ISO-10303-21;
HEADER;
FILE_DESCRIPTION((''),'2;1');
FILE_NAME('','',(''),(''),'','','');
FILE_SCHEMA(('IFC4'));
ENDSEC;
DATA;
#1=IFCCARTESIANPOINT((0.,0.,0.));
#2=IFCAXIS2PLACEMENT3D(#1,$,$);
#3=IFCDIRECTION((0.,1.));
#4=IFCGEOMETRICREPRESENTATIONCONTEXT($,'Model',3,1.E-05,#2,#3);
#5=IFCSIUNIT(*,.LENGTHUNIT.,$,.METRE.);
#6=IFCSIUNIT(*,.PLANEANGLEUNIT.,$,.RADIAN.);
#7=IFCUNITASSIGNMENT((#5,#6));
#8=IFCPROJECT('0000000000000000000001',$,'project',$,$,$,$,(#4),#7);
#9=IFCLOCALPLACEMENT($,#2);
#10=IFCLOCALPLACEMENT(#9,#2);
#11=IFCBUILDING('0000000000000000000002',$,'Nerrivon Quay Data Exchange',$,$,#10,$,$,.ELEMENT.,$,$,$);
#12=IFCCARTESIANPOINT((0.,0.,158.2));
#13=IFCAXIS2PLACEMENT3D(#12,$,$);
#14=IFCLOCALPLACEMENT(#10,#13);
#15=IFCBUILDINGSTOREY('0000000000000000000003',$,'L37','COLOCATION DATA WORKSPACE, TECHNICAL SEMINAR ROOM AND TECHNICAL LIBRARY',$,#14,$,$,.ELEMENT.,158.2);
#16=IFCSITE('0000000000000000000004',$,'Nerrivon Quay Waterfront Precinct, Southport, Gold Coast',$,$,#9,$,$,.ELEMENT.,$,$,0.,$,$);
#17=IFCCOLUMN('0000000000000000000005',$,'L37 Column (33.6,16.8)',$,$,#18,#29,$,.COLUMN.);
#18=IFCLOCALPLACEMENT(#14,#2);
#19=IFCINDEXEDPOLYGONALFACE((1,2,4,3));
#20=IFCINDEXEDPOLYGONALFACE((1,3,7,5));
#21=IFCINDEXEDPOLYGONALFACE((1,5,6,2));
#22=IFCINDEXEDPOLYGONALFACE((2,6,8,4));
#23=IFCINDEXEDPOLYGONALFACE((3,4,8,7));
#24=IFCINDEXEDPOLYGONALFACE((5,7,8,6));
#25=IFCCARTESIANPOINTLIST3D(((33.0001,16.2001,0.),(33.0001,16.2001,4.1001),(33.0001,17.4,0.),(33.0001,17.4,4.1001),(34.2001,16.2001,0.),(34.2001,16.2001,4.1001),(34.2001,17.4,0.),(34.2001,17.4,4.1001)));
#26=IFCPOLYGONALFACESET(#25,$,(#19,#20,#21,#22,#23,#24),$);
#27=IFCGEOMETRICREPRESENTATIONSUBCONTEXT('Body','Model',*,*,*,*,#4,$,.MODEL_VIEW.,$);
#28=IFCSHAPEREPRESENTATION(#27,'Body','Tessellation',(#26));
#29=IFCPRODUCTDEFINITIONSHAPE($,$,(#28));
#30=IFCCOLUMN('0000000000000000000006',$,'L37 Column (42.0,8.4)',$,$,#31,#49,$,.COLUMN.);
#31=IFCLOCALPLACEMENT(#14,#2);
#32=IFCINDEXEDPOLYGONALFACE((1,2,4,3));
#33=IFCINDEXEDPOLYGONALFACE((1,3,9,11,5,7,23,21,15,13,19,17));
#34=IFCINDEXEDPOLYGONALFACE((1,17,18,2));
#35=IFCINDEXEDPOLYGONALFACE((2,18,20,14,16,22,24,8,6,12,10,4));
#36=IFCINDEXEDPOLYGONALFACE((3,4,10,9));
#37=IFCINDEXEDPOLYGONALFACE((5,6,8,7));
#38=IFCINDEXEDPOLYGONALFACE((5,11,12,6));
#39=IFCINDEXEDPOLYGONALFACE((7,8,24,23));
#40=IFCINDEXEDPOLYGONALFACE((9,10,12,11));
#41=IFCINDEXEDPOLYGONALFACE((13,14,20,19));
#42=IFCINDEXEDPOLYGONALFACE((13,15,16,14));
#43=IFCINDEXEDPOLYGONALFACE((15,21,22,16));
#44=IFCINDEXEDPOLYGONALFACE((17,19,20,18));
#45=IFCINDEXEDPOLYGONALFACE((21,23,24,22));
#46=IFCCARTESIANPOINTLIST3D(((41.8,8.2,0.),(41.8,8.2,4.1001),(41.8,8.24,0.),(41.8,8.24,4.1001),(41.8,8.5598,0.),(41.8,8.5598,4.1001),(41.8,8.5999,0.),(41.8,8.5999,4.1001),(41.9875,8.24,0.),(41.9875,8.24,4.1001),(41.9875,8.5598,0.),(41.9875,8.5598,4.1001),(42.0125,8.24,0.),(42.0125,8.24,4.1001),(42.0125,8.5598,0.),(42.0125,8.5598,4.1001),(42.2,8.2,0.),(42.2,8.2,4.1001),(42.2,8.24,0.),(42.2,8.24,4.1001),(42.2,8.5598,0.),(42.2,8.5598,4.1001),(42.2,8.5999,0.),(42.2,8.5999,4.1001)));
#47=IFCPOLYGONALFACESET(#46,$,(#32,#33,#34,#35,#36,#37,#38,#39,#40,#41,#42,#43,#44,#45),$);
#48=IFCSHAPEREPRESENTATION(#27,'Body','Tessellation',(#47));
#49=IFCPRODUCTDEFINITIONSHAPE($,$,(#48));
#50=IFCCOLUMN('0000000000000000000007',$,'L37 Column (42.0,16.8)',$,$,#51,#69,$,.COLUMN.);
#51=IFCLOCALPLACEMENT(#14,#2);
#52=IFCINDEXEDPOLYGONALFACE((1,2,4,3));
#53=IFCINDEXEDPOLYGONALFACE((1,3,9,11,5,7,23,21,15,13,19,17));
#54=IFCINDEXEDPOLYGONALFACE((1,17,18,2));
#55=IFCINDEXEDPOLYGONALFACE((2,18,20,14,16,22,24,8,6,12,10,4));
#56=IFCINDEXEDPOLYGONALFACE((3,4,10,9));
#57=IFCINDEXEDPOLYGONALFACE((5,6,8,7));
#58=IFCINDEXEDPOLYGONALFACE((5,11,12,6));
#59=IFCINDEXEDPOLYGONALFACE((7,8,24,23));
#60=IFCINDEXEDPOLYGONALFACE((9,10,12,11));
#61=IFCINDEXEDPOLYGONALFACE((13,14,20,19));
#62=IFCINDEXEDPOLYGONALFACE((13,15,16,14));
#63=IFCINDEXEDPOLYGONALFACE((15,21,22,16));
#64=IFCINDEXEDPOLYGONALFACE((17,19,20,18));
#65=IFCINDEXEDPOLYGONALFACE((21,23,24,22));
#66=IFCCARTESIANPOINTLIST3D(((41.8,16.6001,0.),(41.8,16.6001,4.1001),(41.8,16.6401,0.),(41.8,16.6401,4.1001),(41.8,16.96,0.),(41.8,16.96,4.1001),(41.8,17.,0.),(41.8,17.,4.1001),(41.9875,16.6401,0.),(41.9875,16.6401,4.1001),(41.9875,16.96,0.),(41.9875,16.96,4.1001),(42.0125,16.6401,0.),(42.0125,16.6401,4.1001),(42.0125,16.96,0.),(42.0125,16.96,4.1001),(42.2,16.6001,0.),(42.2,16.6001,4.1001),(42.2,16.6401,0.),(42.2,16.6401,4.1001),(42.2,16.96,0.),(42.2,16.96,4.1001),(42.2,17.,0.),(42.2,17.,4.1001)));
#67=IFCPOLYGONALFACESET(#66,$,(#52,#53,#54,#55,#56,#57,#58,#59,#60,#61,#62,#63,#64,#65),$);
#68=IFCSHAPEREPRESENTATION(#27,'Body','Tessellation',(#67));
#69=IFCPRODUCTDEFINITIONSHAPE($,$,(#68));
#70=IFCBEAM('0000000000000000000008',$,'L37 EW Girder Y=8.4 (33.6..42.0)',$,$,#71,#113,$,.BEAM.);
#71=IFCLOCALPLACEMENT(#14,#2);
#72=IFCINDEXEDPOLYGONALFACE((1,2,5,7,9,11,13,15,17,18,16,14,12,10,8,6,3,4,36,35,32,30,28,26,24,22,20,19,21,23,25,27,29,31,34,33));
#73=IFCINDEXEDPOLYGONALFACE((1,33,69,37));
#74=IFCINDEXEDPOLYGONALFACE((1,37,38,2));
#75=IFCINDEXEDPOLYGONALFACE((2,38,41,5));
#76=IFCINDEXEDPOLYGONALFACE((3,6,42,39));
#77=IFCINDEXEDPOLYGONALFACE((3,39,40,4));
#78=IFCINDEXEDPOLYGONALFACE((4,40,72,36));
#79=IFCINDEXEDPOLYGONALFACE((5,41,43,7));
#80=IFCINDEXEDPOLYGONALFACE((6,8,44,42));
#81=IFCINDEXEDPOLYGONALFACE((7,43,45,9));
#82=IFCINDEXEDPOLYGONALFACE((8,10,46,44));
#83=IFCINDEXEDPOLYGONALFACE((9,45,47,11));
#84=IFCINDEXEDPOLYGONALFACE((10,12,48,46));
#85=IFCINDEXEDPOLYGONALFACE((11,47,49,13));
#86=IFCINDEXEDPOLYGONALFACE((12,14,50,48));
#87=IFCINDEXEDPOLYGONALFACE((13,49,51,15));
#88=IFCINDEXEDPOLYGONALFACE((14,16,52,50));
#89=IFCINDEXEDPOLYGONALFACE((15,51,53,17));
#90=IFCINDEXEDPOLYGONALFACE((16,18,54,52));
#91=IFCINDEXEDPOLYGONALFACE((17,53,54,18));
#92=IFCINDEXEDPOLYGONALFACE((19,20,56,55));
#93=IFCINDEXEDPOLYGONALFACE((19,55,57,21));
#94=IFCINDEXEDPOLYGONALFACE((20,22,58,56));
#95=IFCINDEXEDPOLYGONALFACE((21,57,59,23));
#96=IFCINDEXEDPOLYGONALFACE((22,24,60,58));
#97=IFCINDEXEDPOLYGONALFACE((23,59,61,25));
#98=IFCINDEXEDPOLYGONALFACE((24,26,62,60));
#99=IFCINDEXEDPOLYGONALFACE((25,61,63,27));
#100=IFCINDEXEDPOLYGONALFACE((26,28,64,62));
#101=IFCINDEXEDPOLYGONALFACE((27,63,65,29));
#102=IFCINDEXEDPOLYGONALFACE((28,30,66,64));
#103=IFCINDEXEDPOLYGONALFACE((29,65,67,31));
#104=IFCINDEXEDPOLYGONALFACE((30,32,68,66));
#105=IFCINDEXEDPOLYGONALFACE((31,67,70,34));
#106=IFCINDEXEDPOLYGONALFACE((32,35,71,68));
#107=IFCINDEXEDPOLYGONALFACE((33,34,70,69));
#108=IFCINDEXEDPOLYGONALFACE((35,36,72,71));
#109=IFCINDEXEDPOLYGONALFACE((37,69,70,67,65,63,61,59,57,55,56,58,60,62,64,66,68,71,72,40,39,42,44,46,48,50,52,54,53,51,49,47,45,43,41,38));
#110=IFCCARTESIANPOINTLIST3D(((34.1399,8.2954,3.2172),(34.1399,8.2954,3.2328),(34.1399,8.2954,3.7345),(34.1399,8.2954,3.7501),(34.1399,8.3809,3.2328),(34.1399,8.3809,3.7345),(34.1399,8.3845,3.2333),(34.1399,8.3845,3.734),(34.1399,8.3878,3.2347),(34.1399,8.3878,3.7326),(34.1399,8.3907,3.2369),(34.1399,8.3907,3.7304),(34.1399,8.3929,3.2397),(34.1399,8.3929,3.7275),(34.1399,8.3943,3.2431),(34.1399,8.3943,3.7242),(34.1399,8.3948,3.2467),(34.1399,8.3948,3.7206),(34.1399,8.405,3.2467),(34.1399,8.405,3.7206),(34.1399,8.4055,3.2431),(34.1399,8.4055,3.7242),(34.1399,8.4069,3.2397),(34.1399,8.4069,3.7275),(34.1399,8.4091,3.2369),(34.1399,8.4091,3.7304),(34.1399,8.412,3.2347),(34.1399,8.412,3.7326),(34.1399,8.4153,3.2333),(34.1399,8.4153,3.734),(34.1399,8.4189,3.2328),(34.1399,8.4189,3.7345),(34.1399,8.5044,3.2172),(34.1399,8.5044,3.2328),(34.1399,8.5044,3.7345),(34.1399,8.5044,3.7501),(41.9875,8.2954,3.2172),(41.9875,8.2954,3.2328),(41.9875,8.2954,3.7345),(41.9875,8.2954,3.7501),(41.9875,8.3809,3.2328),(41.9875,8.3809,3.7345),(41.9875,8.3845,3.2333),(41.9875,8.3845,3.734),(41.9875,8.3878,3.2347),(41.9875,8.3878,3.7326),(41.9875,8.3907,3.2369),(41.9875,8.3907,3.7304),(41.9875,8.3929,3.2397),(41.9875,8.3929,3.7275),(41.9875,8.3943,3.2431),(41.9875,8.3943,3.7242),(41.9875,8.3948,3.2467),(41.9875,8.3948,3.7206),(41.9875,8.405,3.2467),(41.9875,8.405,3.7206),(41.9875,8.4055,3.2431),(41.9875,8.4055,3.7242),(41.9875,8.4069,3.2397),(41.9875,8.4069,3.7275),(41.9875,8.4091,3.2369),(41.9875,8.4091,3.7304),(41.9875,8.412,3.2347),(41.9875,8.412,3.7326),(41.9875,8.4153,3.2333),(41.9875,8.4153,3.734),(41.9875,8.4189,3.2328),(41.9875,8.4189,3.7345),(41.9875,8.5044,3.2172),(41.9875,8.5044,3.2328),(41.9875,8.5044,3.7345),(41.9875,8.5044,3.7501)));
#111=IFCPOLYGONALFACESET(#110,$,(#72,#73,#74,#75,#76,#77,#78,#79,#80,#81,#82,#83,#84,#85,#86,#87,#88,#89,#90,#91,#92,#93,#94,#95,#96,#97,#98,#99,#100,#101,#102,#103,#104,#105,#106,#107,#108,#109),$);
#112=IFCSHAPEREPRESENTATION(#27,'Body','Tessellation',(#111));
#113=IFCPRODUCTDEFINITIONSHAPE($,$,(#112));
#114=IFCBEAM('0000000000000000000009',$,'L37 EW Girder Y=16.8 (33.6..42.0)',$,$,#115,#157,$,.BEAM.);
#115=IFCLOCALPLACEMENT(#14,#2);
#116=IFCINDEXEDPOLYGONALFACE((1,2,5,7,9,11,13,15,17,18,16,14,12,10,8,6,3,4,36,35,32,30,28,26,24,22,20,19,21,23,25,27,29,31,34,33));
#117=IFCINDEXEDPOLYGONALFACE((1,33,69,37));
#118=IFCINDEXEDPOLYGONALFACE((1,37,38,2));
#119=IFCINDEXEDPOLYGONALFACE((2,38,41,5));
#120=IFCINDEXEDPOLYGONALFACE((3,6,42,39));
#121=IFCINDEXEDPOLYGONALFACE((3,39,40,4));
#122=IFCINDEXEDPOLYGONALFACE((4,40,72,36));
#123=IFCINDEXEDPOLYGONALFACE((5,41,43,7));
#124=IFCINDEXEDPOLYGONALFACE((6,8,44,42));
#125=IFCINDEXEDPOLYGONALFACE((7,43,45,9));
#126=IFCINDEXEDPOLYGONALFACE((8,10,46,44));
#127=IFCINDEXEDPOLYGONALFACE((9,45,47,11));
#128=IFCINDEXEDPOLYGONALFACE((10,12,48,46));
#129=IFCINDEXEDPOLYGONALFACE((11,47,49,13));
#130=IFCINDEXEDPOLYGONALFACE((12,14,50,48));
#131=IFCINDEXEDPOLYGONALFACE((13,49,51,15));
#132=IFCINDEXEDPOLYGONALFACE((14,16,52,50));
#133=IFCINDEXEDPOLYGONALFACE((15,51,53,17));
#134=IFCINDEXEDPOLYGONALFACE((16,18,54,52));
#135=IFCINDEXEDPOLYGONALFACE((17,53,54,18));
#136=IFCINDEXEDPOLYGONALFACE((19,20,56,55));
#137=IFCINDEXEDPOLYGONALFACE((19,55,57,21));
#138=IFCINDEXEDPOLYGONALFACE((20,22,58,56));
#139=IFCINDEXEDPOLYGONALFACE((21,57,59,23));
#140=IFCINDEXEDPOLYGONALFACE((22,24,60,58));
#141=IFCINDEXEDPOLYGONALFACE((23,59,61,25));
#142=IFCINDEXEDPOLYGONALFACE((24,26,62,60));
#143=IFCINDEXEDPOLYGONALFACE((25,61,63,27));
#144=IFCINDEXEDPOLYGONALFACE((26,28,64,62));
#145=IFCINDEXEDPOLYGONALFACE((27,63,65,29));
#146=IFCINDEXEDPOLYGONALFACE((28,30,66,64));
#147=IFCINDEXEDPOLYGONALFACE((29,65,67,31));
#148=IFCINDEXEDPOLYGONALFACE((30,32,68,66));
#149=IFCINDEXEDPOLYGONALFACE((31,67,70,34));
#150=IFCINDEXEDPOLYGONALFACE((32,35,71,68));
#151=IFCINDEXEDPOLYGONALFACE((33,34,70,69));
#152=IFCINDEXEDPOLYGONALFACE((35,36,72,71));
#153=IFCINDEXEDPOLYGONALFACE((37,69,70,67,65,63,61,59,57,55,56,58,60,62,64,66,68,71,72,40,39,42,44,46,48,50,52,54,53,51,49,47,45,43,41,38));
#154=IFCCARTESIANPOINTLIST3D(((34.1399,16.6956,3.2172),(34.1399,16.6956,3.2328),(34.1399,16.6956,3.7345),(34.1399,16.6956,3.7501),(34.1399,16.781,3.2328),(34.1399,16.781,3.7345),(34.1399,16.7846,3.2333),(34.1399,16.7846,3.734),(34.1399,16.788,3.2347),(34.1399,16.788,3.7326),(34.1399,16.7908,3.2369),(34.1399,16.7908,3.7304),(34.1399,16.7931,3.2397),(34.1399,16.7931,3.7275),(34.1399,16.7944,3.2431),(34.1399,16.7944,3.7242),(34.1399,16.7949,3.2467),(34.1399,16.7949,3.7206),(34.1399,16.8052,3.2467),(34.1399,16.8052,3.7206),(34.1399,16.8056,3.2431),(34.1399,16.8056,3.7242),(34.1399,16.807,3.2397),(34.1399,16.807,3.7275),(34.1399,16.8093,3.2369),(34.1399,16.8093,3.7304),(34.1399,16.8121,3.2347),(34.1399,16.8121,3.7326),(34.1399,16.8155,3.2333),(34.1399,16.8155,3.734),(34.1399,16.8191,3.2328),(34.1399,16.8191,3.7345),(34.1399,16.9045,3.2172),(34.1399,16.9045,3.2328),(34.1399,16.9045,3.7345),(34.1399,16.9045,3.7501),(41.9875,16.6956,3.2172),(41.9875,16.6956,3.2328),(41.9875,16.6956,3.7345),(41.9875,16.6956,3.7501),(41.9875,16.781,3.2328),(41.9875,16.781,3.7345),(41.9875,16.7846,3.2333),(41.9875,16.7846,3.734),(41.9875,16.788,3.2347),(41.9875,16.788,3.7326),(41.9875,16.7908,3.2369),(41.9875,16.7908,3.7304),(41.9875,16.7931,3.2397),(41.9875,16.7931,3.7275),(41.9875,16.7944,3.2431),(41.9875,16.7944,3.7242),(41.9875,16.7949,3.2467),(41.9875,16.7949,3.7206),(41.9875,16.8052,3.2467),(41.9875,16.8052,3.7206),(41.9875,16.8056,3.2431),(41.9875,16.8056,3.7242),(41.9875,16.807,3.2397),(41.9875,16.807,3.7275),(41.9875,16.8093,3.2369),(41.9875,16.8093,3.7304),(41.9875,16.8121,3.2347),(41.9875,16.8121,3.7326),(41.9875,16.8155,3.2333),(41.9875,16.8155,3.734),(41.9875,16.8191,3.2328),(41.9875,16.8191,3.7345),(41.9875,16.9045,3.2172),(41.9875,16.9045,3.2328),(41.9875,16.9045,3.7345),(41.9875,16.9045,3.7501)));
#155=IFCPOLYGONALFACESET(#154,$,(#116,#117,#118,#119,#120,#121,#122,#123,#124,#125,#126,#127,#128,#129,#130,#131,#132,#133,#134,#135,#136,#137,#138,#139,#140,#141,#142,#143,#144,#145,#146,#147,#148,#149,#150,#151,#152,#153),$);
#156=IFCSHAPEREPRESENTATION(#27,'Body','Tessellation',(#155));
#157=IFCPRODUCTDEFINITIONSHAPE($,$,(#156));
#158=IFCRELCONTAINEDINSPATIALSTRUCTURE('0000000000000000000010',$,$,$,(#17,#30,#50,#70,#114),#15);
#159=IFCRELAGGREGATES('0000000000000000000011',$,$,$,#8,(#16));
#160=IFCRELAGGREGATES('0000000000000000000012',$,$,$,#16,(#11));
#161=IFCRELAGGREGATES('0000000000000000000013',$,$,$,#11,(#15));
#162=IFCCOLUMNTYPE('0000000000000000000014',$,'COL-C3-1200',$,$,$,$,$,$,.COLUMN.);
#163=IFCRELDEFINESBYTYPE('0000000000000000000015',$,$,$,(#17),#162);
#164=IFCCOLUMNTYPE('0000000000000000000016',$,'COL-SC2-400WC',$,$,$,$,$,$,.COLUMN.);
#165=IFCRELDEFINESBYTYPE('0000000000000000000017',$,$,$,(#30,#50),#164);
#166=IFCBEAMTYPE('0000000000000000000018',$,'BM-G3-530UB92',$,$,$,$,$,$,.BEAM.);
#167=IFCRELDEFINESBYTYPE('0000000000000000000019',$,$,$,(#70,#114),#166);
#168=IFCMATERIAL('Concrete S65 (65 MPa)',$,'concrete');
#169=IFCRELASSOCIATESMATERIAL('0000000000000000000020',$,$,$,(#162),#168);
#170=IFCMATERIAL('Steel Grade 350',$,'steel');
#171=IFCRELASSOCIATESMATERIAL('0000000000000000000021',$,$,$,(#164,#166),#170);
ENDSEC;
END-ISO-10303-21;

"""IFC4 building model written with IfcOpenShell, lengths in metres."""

from ifc_helpers import new_model, si_unit, direction, frame, origin, origin_2d, place, context, subcontext, project, spatial, rectangle, i_section, extrude, material, material_profile, profile_set, type_object, element, save


model = new_model("IFC4")

# Units and contexts
model_context = context("Model", 3, precision=1e-05, world=origin(), true_north=direction((0.0, 1.0)))
body_context = subcontext(model_context, "Body", "Model", "MODEL_VIEW")
ifc_project = project(units=[si_unit("LENGTHUNIT", "METRE"), si_unit("PLANEANGLEUNIT", "RADIAN")], contexts=[model_context])

# Site, building, storey
site_placement = place(None, origin())
site = spatial("IfcSite", under=ifc_project, at=site_placement, Name="Nerrivon Quay Waterfront Precinct, Southport, Gold Coast", CompositionType="ELEMENT", RefElevation=0.0)
building_placement = place(site_placement, origin())
building = spatial("IfcBuilding", under=site, at=building_placement, Name="Nerrivon Quay Data Exchange", CompositionType="ELEMENT")
storey_placement = place(building_placement, frame((0.0, 0.0, 158.2)))
storey = spatial("IfcBuildingStorey", under=building, at=storey_placement, Name="L37", Description="COLOCATION DATA WORKSPACE, TECHNICAL SEMINAR ROOM AND TECHNICAL LIBRARY", CompositionType="ELEMENT", Elevation=158.2)

# Columns
ifc_material_1 = material(Name="Concrete S65 (65 MPa)", Category="concrete")
ifc_material_profile_1 = material_profile(ifc_material_1, rectangle(XDim=1.2, YDim=1.2, at=origin_2d()), Name="RC-COL-1200x1200")
ifc_profile_set_1 = profile_set([ifc_material_profile_1], Name="Concrete S65 (65 MPa)")
column_type_1 = type_object("IfcColumnType", Name="COL-C3-1200", PredefinedType="COLUMN", material=ifc_profile_set_1)
column_placement = place(storey_placement, frame((33.6001, 16.8, 0.0), z_axis=(0.0, 0.0, 1.0), x_axis=(1.0, 0.0, 0.0)))
element("IfcColumn", 1, at=column_placement, inside=storey, type_object=column_type_1, Name="L37 Column (33.6,16.8)", PredefinedType="COLUMN", context=body_context, shape_type="SweptSolid", body=[
    extrude(rectangle(XDim=1.2, YDim=1.2, at=origin_2d()), origin(), (0.0, 0.0, 1.0), 4.1001),
])
ifc_material_2 = material(Name="Steel Grade 350", Category="steel")
ifc_material_profile_2 = material_profile(ifc_material_2, i_section(OverallWidth=0.3999, OverallDepth=0.3999, WebThickness=0.0249, FlangeThickness=0.04, at=origin_2d()), Name="400WC328")
ifc_profile_set_2 = profile_set([ifc_material_profile_2], Name="Steel Grade 350")
column_type_2 = type_object("IfcColumnType", Name="COL-SC2-400WC", PredefinedType="COLUMN", material=ifc_profile_set_2)
for number, where, z_axis, x_axis, name in (
    (2, (42.0, 8.3999, 0.0), (0.0, 0.0, 1.0), (1.0, 0.0, 0.0), "L37 Column (42.0,8.4)"),
    (3, (42.0, 16.8, 0.0), (0.0, 0.0, 1.0), (1.0, 0.0, 0.0), "L37 Column (42.0,16.8)"),
):
    element("IfcColumn", number, at=place(storey_placement, frame(where, z_axis=z_axis, x_axis=x_axis)), inside=storey, type_object=column_type_2, Name=name, PredefinedType="COLUMN", context=body_context, shape_type="SweptSolid", body=[
        extrude(i_section(OverallWidth=0.3999, OverallDepth=0.3999, WebThickness=0.0249, FlangeThickness=0.04, at=origin_2d()), origin(), (0.0, 0.0, 1.0), 4.1001),
    ])

# Beams
ifc_material_profile_3 = material_profile(ifc_material_2, i_section(OverallWidth=0.209, OverallDepth=0.533, WebThickness=0.0103, FlangeThickness=0.0156, FilletRadius=0.0139, at=origin_2d()), Name="530UB92.4")
ifc_profile_set_3 = profile_set([ifc_material_profile_3], Name="Steel Grade 350")
beam_type_1 = type_object("IfcBeamType", Name="BM-G3-530UB92", PredefinedType="BEAM", material=ifc_profile_set_3)
for number, where, z_axis, x_axis, name in (
    (4, (34.1399, 8.3999, 3.4836), (1.0, 0.0, 0.0), (0.0, 1.0, 0.0), "L37 EW Girder Y=8.4 (33.6..42.0)"),
    (5, (34.1399, 16.8, 3.4836), (1.0, 0.0, 0.0), (0.0, 1.0, 0.0), "L37 EW Girder Y=16.8 (33.6..42.0)"),
):
    element("IfcBeam", number, at=place(storey_placement, frame(where, z_axis=z_axis, x_axis=x_axis)), inside=storey, type_object=beam_type_1, Name=name, PredefinedType="BEAM", context=body_context, shape_type="SweptSolid", body=[
        extrude(i_section(OverallWidth=0.209, OverallDepth=0.533, WebThickness=0.0103, FlangeThickness=0.0156, FilletRadius=0.0139, at=origin_2d()), origin(), (0.0, 0.0, 1.0), 7.8477),
    ])

save(model, "model.ifc")
